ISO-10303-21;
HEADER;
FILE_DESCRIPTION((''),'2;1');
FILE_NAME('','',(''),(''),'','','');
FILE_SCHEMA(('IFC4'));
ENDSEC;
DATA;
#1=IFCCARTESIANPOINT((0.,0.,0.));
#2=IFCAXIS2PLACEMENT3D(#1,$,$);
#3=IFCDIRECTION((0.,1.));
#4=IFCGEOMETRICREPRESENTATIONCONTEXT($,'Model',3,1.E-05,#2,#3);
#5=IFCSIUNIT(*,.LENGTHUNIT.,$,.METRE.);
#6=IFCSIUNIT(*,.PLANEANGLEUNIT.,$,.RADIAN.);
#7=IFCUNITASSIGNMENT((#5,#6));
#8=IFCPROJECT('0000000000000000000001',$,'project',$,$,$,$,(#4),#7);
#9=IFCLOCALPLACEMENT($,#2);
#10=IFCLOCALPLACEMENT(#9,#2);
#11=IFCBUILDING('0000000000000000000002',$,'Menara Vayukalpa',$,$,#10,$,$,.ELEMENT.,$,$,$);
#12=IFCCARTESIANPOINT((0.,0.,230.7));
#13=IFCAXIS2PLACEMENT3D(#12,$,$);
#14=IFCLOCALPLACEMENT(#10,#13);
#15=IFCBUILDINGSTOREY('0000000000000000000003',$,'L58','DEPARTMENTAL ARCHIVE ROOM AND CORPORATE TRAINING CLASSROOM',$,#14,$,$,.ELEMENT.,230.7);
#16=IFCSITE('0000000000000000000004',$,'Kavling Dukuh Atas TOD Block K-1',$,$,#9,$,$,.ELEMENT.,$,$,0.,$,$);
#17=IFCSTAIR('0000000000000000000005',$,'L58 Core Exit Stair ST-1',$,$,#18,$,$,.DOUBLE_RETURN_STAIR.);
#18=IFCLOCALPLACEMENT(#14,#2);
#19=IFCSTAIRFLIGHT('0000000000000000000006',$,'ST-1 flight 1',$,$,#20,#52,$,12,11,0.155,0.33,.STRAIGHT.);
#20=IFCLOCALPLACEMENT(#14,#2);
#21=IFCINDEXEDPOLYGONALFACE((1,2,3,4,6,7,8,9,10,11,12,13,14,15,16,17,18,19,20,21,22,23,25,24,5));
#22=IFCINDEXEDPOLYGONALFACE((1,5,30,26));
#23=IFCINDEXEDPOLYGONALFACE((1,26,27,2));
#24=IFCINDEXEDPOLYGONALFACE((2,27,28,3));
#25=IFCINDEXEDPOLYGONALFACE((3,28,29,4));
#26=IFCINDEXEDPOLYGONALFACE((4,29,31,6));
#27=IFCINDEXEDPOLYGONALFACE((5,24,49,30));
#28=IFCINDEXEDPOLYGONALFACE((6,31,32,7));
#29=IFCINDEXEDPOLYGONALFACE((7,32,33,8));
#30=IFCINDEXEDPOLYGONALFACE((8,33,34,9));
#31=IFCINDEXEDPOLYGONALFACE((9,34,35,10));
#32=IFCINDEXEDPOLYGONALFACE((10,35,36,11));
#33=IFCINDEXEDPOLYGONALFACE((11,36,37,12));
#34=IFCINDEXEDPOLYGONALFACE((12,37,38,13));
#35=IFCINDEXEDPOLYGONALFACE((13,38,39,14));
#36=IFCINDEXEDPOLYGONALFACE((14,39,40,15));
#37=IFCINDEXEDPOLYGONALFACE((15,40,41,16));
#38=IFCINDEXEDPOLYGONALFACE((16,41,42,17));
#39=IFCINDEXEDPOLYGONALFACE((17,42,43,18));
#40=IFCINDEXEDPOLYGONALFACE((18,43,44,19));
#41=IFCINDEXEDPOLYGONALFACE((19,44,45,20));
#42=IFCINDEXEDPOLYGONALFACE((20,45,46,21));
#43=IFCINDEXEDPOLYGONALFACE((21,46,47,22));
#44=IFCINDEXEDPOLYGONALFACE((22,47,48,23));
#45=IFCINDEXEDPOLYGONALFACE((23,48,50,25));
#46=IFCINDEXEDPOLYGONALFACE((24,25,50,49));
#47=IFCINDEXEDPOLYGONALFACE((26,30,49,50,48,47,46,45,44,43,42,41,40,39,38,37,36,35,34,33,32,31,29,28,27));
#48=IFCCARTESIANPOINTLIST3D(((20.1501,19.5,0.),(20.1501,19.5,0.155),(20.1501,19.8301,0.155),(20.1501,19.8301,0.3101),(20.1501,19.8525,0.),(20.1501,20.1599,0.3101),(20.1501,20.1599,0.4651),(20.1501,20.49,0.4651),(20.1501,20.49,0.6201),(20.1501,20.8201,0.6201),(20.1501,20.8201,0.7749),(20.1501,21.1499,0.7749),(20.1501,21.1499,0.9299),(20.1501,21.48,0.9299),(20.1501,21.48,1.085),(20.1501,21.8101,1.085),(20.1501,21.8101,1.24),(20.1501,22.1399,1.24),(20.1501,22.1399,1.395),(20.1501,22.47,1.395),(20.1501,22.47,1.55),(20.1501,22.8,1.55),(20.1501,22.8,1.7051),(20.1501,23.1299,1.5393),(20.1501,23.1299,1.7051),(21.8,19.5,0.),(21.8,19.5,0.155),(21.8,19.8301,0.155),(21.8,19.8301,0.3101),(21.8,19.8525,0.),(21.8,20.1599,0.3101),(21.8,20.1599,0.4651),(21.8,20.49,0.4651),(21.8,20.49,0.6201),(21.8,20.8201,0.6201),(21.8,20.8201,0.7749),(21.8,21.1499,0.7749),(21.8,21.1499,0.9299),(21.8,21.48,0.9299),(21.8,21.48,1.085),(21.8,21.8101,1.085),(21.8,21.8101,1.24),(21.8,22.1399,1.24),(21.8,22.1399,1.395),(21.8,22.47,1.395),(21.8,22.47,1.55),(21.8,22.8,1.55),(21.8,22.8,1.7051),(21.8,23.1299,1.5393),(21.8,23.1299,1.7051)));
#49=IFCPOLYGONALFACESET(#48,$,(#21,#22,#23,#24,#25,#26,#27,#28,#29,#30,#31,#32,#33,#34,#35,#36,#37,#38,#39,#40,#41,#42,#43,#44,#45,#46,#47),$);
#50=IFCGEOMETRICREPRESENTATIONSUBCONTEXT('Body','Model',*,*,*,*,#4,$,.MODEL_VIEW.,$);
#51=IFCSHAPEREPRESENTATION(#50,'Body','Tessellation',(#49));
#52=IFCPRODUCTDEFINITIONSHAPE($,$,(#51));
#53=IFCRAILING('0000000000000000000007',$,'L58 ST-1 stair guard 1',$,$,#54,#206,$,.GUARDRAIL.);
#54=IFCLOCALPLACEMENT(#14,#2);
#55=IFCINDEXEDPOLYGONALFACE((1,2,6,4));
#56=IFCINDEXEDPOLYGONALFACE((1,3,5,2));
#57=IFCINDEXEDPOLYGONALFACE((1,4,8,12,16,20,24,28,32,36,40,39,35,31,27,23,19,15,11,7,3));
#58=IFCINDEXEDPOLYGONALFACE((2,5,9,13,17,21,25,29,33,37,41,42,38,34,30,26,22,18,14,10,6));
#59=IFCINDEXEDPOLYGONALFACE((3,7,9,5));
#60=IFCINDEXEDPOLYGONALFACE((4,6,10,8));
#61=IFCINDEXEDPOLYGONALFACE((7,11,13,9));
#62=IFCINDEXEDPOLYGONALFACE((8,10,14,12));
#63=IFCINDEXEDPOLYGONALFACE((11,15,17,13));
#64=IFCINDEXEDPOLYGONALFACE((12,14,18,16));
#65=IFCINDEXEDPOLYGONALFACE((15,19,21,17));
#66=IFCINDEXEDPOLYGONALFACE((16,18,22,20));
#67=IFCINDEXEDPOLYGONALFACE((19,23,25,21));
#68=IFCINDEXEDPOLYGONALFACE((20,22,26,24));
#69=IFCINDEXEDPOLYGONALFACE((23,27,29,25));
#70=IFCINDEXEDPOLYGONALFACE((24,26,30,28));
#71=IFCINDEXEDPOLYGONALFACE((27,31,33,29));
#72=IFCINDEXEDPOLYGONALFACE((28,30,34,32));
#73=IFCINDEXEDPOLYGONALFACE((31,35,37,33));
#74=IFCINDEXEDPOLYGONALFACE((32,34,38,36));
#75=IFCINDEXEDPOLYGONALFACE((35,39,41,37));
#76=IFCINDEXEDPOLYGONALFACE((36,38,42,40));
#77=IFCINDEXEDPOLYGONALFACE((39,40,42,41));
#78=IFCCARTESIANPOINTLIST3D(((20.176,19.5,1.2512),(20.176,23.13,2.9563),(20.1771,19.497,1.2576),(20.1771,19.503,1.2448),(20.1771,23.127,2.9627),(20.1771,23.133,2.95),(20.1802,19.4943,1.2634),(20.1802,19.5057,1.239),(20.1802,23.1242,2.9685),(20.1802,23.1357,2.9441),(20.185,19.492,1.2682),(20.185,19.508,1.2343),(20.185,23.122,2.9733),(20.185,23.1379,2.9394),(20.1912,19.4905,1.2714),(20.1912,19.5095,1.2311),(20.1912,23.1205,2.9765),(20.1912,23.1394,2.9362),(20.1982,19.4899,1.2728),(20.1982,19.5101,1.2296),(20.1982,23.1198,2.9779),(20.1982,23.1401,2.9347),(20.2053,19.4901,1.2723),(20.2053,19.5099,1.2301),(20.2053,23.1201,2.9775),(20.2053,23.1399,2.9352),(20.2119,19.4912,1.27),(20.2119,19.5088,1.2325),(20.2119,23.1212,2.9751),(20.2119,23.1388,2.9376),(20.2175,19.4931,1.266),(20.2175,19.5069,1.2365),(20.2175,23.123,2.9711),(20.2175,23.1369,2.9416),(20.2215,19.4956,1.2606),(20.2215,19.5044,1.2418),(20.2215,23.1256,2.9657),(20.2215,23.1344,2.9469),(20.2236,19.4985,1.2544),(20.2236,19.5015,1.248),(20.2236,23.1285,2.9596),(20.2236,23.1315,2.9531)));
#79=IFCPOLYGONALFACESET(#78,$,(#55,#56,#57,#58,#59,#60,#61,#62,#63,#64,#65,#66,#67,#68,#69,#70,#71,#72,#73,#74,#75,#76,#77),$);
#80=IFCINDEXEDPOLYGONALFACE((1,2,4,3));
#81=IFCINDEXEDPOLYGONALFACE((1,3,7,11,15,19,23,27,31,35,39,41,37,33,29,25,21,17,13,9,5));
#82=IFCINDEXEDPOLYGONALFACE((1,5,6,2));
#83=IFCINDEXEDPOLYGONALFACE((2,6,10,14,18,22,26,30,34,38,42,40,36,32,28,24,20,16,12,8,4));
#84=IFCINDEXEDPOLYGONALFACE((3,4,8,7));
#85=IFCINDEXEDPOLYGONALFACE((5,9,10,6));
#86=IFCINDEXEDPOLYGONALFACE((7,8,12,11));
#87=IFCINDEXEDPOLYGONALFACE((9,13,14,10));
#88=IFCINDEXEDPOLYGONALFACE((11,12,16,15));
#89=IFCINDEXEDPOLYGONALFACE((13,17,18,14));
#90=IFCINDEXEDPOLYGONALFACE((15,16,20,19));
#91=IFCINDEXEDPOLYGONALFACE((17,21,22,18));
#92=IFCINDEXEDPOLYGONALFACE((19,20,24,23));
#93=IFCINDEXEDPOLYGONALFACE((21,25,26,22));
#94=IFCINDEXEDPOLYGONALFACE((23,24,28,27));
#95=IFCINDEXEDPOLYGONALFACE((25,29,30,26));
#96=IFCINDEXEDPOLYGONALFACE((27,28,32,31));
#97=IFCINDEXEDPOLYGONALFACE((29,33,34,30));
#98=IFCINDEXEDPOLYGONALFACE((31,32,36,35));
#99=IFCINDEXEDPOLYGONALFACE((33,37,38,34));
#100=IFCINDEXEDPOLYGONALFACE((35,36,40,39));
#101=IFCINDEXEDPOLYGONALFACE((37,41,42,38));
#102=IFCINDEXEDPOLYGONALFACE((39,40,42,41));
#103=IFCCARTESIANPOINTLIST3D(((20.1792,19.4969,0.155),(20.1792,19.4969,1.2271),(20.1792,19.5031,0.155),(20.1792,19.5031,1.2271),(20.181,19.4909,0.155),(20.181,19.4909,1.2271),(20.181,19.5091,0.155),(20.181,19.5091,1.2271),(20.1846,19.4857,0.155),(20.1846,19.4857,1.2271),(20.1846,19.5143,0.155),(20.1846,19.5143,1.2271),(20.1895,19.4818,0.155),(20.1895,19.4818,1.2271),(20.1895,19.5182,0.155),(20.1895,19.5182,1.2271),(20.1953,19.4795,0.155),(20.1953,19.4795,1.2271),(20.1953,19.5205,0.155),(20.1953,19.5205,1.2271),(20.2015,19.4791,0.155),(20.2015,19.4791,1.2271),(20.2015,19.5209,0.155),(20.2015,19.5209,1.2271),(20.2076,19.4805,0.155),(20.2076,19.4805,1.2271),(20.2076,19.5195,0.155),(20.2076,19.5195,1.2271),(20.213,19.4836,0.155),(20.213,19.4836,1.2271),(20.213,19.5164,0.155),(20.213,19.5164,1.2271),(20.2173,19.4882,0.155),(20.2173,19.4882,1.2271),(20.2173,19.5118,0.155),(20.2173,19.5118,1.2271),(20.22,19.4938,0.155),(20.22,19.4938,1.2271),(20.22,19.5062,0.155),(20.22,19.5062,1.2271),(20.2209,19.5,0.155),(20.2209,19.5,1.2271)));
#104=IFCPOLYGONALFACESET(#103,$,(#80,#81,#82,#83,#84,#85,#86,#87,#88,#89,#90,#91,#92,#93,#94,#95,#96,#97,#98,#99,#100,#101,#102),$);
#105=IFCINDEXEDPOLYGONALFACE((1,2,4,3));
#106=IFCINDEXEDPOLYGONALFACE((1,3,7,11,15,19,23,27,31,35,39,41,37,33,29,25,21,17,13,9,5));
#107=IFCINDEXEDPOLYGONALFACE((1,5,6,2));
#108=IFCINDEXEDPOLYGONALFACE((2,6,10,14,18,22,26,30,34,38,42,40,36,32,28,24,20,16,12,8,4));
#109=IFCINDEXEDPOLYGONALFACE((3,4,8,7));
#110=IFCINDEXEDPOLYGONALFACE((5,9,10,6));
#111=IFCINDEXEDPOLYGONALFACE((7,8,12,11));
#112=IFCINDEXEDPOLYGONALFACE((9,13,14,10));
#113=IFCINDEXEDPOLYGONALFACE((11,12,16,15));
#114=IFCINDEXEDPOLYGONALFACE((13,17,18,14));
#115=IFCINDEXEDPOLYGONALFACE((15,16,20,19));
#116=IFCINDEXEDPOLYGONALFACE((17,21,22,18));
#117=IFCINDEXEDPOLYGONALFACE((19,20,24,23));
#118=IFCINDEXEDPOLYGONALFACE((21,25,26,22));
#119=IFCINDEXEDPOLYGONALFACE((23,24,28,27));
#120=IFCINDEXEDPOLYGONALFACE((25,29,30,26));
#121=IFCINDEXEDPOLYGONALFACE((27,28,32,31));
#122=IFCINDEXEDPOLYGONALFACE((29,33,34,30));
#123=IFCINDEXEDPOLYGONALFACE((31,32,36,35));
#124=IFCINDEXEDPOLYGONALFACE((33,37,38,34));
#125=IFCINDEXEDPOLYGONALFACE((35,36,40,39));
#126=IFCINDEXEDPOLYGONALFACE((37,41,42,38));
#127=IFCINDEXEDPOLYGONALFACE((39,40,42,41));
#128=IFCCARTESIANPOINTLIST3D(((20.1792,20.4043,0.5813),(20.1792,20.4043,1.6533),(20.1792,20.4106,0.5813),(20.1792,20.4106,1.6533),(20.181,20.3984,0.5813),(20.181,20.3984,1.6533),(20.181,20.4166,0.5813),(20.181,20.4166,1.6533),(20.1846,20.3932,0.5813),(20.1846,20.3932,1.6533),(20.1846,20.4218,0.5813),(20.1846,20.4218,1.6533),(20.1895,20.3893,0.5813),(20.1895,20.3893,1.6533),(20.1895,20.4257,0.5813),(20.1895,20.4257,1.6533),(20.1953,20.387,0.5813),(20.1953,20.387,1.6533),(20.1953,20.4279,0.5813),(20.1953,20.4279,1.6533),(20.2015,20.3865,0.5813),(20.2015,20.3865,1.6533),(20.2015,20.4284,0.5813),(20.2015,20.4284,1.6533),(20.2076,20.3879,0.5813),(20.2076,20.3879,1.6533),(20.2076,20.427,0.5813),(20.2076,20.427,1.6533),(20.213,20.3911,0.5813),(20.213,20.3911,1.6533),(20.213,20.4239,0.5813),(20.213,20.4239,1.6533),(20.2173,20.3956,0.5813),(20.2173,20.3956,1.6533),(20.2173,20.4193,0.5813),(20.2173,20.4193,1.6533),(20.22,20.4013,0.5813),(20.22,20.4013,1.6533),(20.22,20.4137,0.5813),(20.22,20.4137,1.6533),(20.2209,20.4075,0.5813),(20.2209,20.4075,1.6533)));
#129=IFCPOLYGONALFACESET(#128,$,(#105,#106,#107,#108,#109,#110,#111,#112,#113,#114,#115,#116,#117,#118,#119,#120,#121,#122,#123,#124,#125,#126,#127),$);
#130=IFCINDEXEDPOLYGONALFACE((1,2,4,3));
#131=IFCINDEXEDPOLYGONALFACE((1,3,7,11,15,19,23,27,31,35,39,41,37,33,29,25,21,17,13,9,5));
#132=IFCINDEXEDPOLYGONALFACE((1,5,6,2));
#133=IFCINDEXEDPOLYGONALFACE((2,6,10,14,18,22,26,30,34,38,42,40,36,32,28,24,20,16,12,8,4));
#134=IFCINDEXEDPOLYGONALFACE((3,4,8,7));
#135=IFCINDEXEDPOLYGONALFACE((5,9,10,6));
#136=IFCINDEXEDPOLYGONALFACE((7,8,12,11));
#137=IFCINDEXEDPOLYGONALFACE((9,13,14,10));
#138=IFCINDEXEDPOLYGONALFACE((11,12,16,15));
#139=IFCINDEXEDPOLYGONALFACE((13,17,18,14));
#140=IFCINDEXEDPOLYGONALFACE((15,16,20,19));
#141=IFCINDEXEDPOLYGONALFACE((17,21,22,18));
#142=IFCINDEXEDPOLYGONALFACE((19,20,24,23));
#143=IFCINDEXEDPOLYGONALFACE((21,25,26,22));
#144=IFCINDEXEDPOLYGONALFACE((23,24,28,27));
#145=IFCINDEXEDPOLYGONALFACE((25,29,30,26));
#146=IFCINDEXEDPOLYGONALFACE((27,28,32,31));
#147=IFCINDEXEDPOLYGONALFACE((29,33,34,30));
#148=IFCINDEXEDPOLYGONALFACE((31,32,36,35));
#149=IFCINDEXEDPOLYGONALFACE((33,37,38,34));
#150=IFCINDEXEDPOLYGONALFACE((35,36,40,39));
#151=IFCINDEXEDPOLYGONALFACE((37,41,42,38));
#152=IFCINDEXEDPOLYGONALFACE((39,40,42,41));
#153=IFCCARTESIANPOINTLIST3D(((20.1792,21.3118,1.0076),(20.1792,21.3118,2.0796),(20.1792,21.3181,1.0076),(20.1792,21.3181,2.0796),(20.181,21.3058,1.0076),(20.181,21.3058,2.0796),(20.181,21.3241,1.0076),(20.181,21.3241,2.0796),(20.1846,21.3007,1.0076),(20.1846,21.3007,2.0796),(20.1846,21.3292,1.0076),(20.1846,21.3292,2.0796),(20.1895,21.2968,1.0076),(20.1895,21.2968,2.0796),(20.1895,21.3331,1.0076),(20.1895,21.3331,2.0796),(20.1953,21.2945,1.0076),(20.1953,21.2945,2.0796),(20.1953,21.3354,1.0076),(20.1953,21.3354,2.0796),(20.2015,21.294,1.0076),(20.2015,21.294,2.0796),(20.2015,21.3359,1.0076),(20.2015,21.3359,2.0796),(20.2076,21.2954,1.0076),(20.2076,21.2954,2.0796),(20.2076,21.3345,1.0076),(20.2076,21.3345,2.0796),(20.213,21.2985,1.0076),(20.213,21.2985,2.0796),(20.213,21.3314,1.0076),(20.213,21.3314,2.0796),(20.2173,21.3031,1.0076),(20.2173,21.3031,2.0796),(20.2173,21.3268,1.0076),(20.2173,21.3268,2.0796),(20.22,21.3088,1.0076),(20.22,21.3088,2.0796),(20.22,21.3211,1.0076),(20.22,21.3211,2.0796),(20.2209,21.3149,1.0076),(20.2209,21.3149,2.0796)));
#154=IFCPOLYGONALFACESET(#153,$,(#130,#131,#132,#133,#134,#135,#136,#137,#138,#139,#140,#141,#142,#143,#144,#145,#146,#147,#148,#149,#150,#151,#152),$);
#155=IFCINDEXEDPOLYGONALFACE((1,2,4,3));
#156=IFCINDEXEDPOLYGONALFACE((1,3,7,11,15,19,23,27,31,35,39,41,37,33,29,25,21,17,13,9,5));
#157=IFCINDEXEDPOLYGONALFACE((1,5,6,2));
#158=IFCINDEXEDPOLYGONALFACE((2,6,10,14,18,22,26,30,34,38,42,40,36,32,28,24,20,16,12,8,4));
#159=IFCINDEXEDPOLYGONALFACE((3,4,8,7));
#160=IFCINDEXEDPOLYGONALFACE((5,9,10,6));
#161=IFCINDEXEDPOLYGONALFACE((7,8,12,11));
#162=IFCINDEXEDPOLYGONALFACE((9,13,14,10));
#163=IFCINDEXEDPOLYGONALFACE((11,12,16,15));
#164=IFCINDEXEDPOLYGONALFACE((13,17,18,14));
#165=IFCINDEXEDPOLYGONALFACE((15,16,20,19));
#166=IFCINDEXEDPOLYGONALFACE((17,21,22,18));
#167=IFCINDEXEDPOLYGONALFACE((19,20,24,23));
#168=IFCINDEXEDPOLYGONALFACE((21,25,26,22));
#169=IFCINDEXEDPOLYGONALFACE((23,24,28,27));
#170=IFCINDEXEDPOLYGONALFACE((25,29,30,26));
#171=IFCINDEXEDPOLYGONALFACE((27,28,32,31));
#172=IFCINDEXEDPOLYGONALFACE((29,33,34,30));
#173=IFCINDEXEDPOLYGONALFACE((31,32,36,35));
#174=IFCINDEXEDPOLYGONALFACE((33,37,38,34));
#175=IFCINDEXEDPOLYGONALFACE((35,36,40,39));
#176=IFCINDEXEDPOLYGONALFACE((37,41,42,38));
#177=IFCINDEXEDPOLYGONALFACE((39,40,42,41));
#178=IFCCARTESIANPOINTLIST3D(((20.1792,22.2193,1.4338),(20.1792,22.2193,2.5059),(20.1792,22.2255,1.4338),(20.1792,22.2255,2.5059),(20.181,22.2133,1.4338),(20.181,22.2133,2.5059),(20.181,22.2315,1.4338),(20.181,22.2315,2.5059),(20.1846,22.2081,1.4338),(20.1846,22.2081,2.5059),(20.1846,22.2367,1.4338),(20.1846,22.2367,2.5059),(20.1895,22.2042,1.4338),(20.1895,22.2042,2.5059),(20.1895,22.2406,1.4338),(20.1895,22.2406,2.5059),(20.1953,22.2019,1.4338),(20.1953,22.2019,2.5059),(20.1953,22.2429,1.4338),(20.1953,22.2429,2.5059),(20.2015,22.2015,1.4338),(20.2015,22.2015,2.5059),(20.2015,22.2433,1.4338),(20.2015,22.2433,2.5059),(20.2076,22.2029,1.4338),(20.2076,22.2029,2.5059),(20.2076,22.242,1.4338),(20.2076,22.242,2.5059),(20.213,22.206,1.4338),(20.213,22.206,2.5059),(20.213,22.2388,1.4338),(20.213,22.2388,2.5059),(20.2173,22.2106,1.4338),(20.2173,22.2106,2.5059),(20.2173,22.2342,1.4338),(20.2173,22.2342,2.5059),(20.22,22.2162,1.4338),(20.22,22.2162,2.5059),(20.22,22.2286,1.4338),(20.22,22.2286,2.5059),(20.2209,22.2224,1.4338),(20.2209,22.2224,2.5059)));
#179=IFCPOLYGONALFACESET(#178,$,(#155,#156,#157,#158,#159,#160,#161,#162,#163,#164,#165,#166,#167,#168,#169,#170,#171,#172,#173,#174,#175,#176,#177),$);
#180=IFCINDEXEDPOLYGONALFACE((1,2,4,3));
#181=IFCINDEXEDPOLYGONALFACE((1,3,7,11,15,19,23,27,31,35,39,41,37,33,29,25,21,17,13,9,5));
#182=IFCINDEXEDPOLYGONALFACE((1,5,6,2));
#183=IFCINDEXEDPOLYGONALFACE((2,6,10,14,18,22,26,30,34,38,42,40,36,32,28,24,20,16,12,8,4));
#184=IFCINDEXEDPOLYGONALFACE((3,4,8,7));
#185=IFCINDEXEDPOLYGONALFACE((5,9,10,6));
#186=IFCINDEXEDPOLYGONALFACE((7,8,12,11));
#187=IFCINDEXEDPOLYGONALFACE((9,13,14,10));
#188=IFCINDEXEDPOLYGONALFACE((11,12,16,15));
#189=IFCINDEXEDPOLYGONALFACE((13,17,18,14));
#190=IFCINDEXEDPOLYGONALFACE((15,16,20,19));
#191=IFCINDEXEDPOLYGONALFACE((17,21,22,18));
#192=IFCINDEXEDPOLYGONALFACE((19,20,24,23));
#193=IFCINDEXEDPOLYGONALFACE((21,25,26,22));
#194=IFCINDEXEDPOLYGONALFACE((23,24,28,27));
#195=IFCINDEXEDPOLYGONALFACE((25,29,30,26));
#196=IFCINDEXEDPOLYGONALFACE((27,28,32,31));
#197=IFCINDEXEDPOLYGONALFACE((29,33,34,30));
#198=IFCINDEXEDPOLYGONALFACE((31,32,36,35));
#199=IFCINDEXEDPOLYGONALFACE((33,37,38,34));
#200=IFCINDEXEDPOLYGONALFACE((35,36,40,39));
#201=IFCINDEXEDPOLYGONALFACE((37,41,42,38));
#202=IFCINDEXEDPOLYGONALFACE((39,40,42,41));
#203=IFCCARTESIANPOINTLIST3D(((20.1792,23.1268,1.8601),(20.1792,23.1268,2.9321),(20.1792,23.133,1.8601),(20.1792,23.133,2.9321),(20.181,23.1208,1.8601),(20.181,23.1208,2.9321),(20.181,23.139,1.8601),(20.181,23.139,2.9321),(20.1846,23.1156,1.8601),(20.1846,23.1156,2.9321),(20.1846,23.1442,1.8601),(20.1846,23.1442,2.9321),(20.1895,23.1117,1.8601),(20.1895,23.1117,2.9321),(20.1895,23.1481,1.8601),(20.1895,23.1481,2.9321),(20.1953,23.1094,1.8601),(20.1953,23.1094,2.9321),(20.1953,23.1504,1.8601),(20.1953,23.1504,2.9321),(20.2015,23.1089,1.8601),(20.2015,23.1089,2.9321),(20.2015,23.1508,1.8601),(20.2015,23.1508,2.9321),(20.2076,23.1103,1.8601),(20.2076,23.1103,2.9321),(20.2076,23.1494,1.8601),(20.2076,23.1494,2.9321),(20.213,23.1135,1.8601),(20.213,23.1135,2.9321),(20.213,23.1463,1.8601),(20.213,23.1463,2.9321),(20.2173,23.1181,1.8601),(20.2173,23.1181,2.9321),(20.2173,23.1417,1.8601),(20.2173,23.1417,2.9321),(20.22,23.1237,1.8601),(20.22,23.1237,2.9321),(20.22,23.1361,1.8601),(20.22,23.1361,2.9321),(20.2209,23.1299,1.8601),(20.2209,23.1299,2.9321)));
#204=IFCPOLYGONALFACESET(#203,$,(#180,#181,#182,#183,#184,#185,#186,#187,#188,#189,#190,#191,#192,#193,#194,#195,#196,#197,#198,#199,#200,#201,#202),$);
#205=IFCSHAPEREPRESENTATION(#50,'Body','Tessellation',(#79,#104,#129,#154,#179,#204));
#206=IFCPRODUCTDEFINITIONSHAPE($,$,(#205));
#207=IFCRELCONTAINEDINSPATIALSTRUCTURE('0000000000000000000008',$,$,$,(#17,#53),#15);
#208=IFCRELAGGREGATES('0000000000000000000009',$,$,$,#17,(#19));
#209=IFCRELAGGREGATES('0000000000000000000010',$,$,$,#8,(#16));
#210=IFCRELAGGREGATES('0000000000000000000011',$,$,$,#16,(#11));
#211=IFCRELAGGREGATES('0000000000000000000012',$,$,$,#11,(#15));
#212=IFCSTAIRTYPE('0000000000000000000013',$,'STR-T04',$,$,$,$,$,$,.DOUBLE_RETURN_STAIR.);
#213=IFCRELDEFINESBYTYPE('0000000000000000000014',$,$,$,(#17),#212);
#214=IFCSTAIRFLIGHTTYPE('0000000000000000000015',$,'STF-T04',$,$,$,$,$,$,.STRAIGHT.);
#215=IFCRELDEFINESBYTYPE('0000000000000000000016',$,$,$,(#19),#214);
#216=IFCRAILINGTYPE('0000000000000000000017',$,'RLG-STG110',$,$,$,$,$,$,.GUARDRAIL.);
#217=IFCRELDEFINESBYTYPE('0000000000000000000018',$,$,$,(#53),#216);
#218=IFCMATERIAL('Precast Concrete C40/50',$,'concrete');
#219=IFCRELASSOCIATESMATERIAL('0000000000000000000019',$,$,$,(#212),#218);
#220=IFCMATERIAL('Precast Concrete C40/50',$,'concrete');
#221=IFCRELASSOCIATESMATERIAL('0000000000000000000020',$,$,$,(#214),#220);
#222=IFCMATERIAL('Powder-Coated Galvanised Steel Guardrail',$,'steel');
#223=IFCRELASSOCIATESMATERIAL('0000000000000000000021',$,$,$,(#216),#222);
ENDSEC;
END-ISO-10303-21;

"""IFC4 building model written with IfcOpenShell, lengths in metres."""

from ifc_helpers import new_model, si_unit, direction, frame, origin, origin_2d, place, context, subcontext, project, spatial, polyline, circle, outline, extrude, material, type_object, element, aggregate, save


model = new_model("IFC4")

# Units and contexts
model_context = context("Model", 3, precision=1e-05, world=origin(), true_north=direction((0.0, 1.0)))
body_context = subcontext(model_context, "Body", "Model", "MODEL_VIEW")
ifc_project = project(units=[si_unit("LENGTHUNIT", "METRE"), si_unit("PLANEANGLEUNIT", "RADIAN")], contexts=[model_context])

# Site, building, storey
site_placement = place(None, origin())
site = spatial("IfcSite", under=ifc_project, at=site_placement, Name="Kavling Dukuh Atas TOD Block K-1", CompositionType="ELEMENT", RefElevation=0.0)
building_placement = place(site_placement, origin())
building = spatial("IfcBuilding", under=site, at=building_placement, Name="Menara Vayukalpa", CompositionType="ELEMENT")
storey_placement = place(building_placement, frame((0.0, 0.0, 230.7)))
storey = spatial("IfcBuildingStorey", under=building, at=storey_placement, Name="L58", Description="DEPARTMENTAL ARCHIVE ROOM AND CORPORATE TRAINING CLASSROOM", CompositionType="ELEMENT", Elevation=230.7)

# Stair, stair flight
ifc_material_1 = material(Name="Precast Concrete C40/50", Category="concrete")
stair_type = type_object("IfcStairType", Name="STR-T04", PredefinedType="DOUBLE_RETURN_STAIR", material=ifc_material_1)
stair_placement = place(storey_placement, origin())
stair = element("IfcStair", 1, at=stair_placement, inside=storey, type_object=stair_type, Name="L58 Core Exit Stair ST-1", PredefinedType="DOUBLE_RETURN_STAIR")
ifc_material_2 = material(Name="Precast Concrete C40/50", Category="concrete")
stair_flight_type = type_object("IfcStairFlightType", Name="STF-T04", PredefinedType="STRAIGHT", material=ifc_material_2)
stair_flight_placement = place(storey_placement, frame((20.9751, 19.5, 0.0), z_axis=(0.0, 0.0, 1.0), x_axis=(0.0, 1.0, 0.0)))
stair_flight = element("IfcStairFlight", 2, at=stair_flight_placement, type_object=stair_flight_type, Name="ST-1 flight 1", NumberOfRisers=12, NumberOfTreads=11, PredefinedType="STRAIGHT", RiserHeight=0.155, TreadLength=0.33, context=body_context, shape_type="SweptSolid", body=[
    extrude(outline(polyline([(0.0, 0.0), (0.0, 0.155), (0.3301, 0.155), (0.3301, 0.3101), (0.6599, 0.3101), (0.6599, 0.4651), (0.99, 0.4651), (0.99, 0.6201), (1.3201, 0.6201), (1.3201, 0.7749), (1.6499, 0.7749), (1.6499, 0.9299), (1.98, 0.9299), (1.98, 1.085), (2.3101, 1.085), (2.3101, 1.24), (2.6399, 1.24), (2.6399, 1.395), (2.97, 1.395), (2.97, 1.55), (3.3, 1.55), (3.3, 1.7051), (3.6299, 1.7051), (3.6299, 1.8601), (3.6299, 1.5393), (0.3525, 0.0), (0.0, 0.0)])), frame((0.0, 0.825, 0.0), z_axis=(0.0, -1.0, 0.0), x_axis=(1.0, 0.0, 0.0)), (0.0, 0.0, 1.0), 1.6499),
])
aggregate(stair, [stair_flight])

# Railing
ifc_material_3 = material(Name="Powder-Coated Galvanised Steel Guardrail", Category="steel")
railing_type_1 = type_object("IfcRailingType", Name="RLG-STG110", PredefinedType="GUARDRAIL", material=ifc_material_3)
railing_1_placement = place(storey_placement, frame((20.2, 19.5, 0.155)))
element("IfcRailing", 3, at=railing_1_placement, inside=storey, type_object=railing_type_1, Name="L58 ST-1 stair guard 1", PredefinedType="GUARDRAIL", context=body_context, shape_type="SweptSolid", body=[
    extrude(circle(Radius=0.0239, at=origin_2d()), frame((0.0, 0.0, 1.0962), z_axis=(0.0, 0.905116, 0.425164), x_axis=(-1.0, 0.0, 0.0)), (0.0, 0.0, 1.0), 4.0105),
    extrude(circle(Radius=0.021, at=origin_2d()), origin(), (0.0, 0.0, 1.0), 1.072),
    extrude(circle(Radius=0.021, at=origin_2d()), frame((0.0, 0.9075, 0.4263)), (0.0, 0.0, 1.0), 1.072),
    extrude(circle(Radius=0.021, at=origin_2d()), frame((0.0, 1.8149, 0.8525)), (0.0, 0.0, 1.0), 1.072),
    extrude(circle(Radius=0.021, at=origin_2d()), frame((0.0, 2.7224, 1.2788)), (0.0, 0.0, 1.0), 1.072),
    extrude(circle(Radius=0.021, at=origin_2d()), frame((0.0, 3.6299, 1.7051)), (0.0, 0.0, 1.0), 1.072),
])

save(model, "model.ifc")
